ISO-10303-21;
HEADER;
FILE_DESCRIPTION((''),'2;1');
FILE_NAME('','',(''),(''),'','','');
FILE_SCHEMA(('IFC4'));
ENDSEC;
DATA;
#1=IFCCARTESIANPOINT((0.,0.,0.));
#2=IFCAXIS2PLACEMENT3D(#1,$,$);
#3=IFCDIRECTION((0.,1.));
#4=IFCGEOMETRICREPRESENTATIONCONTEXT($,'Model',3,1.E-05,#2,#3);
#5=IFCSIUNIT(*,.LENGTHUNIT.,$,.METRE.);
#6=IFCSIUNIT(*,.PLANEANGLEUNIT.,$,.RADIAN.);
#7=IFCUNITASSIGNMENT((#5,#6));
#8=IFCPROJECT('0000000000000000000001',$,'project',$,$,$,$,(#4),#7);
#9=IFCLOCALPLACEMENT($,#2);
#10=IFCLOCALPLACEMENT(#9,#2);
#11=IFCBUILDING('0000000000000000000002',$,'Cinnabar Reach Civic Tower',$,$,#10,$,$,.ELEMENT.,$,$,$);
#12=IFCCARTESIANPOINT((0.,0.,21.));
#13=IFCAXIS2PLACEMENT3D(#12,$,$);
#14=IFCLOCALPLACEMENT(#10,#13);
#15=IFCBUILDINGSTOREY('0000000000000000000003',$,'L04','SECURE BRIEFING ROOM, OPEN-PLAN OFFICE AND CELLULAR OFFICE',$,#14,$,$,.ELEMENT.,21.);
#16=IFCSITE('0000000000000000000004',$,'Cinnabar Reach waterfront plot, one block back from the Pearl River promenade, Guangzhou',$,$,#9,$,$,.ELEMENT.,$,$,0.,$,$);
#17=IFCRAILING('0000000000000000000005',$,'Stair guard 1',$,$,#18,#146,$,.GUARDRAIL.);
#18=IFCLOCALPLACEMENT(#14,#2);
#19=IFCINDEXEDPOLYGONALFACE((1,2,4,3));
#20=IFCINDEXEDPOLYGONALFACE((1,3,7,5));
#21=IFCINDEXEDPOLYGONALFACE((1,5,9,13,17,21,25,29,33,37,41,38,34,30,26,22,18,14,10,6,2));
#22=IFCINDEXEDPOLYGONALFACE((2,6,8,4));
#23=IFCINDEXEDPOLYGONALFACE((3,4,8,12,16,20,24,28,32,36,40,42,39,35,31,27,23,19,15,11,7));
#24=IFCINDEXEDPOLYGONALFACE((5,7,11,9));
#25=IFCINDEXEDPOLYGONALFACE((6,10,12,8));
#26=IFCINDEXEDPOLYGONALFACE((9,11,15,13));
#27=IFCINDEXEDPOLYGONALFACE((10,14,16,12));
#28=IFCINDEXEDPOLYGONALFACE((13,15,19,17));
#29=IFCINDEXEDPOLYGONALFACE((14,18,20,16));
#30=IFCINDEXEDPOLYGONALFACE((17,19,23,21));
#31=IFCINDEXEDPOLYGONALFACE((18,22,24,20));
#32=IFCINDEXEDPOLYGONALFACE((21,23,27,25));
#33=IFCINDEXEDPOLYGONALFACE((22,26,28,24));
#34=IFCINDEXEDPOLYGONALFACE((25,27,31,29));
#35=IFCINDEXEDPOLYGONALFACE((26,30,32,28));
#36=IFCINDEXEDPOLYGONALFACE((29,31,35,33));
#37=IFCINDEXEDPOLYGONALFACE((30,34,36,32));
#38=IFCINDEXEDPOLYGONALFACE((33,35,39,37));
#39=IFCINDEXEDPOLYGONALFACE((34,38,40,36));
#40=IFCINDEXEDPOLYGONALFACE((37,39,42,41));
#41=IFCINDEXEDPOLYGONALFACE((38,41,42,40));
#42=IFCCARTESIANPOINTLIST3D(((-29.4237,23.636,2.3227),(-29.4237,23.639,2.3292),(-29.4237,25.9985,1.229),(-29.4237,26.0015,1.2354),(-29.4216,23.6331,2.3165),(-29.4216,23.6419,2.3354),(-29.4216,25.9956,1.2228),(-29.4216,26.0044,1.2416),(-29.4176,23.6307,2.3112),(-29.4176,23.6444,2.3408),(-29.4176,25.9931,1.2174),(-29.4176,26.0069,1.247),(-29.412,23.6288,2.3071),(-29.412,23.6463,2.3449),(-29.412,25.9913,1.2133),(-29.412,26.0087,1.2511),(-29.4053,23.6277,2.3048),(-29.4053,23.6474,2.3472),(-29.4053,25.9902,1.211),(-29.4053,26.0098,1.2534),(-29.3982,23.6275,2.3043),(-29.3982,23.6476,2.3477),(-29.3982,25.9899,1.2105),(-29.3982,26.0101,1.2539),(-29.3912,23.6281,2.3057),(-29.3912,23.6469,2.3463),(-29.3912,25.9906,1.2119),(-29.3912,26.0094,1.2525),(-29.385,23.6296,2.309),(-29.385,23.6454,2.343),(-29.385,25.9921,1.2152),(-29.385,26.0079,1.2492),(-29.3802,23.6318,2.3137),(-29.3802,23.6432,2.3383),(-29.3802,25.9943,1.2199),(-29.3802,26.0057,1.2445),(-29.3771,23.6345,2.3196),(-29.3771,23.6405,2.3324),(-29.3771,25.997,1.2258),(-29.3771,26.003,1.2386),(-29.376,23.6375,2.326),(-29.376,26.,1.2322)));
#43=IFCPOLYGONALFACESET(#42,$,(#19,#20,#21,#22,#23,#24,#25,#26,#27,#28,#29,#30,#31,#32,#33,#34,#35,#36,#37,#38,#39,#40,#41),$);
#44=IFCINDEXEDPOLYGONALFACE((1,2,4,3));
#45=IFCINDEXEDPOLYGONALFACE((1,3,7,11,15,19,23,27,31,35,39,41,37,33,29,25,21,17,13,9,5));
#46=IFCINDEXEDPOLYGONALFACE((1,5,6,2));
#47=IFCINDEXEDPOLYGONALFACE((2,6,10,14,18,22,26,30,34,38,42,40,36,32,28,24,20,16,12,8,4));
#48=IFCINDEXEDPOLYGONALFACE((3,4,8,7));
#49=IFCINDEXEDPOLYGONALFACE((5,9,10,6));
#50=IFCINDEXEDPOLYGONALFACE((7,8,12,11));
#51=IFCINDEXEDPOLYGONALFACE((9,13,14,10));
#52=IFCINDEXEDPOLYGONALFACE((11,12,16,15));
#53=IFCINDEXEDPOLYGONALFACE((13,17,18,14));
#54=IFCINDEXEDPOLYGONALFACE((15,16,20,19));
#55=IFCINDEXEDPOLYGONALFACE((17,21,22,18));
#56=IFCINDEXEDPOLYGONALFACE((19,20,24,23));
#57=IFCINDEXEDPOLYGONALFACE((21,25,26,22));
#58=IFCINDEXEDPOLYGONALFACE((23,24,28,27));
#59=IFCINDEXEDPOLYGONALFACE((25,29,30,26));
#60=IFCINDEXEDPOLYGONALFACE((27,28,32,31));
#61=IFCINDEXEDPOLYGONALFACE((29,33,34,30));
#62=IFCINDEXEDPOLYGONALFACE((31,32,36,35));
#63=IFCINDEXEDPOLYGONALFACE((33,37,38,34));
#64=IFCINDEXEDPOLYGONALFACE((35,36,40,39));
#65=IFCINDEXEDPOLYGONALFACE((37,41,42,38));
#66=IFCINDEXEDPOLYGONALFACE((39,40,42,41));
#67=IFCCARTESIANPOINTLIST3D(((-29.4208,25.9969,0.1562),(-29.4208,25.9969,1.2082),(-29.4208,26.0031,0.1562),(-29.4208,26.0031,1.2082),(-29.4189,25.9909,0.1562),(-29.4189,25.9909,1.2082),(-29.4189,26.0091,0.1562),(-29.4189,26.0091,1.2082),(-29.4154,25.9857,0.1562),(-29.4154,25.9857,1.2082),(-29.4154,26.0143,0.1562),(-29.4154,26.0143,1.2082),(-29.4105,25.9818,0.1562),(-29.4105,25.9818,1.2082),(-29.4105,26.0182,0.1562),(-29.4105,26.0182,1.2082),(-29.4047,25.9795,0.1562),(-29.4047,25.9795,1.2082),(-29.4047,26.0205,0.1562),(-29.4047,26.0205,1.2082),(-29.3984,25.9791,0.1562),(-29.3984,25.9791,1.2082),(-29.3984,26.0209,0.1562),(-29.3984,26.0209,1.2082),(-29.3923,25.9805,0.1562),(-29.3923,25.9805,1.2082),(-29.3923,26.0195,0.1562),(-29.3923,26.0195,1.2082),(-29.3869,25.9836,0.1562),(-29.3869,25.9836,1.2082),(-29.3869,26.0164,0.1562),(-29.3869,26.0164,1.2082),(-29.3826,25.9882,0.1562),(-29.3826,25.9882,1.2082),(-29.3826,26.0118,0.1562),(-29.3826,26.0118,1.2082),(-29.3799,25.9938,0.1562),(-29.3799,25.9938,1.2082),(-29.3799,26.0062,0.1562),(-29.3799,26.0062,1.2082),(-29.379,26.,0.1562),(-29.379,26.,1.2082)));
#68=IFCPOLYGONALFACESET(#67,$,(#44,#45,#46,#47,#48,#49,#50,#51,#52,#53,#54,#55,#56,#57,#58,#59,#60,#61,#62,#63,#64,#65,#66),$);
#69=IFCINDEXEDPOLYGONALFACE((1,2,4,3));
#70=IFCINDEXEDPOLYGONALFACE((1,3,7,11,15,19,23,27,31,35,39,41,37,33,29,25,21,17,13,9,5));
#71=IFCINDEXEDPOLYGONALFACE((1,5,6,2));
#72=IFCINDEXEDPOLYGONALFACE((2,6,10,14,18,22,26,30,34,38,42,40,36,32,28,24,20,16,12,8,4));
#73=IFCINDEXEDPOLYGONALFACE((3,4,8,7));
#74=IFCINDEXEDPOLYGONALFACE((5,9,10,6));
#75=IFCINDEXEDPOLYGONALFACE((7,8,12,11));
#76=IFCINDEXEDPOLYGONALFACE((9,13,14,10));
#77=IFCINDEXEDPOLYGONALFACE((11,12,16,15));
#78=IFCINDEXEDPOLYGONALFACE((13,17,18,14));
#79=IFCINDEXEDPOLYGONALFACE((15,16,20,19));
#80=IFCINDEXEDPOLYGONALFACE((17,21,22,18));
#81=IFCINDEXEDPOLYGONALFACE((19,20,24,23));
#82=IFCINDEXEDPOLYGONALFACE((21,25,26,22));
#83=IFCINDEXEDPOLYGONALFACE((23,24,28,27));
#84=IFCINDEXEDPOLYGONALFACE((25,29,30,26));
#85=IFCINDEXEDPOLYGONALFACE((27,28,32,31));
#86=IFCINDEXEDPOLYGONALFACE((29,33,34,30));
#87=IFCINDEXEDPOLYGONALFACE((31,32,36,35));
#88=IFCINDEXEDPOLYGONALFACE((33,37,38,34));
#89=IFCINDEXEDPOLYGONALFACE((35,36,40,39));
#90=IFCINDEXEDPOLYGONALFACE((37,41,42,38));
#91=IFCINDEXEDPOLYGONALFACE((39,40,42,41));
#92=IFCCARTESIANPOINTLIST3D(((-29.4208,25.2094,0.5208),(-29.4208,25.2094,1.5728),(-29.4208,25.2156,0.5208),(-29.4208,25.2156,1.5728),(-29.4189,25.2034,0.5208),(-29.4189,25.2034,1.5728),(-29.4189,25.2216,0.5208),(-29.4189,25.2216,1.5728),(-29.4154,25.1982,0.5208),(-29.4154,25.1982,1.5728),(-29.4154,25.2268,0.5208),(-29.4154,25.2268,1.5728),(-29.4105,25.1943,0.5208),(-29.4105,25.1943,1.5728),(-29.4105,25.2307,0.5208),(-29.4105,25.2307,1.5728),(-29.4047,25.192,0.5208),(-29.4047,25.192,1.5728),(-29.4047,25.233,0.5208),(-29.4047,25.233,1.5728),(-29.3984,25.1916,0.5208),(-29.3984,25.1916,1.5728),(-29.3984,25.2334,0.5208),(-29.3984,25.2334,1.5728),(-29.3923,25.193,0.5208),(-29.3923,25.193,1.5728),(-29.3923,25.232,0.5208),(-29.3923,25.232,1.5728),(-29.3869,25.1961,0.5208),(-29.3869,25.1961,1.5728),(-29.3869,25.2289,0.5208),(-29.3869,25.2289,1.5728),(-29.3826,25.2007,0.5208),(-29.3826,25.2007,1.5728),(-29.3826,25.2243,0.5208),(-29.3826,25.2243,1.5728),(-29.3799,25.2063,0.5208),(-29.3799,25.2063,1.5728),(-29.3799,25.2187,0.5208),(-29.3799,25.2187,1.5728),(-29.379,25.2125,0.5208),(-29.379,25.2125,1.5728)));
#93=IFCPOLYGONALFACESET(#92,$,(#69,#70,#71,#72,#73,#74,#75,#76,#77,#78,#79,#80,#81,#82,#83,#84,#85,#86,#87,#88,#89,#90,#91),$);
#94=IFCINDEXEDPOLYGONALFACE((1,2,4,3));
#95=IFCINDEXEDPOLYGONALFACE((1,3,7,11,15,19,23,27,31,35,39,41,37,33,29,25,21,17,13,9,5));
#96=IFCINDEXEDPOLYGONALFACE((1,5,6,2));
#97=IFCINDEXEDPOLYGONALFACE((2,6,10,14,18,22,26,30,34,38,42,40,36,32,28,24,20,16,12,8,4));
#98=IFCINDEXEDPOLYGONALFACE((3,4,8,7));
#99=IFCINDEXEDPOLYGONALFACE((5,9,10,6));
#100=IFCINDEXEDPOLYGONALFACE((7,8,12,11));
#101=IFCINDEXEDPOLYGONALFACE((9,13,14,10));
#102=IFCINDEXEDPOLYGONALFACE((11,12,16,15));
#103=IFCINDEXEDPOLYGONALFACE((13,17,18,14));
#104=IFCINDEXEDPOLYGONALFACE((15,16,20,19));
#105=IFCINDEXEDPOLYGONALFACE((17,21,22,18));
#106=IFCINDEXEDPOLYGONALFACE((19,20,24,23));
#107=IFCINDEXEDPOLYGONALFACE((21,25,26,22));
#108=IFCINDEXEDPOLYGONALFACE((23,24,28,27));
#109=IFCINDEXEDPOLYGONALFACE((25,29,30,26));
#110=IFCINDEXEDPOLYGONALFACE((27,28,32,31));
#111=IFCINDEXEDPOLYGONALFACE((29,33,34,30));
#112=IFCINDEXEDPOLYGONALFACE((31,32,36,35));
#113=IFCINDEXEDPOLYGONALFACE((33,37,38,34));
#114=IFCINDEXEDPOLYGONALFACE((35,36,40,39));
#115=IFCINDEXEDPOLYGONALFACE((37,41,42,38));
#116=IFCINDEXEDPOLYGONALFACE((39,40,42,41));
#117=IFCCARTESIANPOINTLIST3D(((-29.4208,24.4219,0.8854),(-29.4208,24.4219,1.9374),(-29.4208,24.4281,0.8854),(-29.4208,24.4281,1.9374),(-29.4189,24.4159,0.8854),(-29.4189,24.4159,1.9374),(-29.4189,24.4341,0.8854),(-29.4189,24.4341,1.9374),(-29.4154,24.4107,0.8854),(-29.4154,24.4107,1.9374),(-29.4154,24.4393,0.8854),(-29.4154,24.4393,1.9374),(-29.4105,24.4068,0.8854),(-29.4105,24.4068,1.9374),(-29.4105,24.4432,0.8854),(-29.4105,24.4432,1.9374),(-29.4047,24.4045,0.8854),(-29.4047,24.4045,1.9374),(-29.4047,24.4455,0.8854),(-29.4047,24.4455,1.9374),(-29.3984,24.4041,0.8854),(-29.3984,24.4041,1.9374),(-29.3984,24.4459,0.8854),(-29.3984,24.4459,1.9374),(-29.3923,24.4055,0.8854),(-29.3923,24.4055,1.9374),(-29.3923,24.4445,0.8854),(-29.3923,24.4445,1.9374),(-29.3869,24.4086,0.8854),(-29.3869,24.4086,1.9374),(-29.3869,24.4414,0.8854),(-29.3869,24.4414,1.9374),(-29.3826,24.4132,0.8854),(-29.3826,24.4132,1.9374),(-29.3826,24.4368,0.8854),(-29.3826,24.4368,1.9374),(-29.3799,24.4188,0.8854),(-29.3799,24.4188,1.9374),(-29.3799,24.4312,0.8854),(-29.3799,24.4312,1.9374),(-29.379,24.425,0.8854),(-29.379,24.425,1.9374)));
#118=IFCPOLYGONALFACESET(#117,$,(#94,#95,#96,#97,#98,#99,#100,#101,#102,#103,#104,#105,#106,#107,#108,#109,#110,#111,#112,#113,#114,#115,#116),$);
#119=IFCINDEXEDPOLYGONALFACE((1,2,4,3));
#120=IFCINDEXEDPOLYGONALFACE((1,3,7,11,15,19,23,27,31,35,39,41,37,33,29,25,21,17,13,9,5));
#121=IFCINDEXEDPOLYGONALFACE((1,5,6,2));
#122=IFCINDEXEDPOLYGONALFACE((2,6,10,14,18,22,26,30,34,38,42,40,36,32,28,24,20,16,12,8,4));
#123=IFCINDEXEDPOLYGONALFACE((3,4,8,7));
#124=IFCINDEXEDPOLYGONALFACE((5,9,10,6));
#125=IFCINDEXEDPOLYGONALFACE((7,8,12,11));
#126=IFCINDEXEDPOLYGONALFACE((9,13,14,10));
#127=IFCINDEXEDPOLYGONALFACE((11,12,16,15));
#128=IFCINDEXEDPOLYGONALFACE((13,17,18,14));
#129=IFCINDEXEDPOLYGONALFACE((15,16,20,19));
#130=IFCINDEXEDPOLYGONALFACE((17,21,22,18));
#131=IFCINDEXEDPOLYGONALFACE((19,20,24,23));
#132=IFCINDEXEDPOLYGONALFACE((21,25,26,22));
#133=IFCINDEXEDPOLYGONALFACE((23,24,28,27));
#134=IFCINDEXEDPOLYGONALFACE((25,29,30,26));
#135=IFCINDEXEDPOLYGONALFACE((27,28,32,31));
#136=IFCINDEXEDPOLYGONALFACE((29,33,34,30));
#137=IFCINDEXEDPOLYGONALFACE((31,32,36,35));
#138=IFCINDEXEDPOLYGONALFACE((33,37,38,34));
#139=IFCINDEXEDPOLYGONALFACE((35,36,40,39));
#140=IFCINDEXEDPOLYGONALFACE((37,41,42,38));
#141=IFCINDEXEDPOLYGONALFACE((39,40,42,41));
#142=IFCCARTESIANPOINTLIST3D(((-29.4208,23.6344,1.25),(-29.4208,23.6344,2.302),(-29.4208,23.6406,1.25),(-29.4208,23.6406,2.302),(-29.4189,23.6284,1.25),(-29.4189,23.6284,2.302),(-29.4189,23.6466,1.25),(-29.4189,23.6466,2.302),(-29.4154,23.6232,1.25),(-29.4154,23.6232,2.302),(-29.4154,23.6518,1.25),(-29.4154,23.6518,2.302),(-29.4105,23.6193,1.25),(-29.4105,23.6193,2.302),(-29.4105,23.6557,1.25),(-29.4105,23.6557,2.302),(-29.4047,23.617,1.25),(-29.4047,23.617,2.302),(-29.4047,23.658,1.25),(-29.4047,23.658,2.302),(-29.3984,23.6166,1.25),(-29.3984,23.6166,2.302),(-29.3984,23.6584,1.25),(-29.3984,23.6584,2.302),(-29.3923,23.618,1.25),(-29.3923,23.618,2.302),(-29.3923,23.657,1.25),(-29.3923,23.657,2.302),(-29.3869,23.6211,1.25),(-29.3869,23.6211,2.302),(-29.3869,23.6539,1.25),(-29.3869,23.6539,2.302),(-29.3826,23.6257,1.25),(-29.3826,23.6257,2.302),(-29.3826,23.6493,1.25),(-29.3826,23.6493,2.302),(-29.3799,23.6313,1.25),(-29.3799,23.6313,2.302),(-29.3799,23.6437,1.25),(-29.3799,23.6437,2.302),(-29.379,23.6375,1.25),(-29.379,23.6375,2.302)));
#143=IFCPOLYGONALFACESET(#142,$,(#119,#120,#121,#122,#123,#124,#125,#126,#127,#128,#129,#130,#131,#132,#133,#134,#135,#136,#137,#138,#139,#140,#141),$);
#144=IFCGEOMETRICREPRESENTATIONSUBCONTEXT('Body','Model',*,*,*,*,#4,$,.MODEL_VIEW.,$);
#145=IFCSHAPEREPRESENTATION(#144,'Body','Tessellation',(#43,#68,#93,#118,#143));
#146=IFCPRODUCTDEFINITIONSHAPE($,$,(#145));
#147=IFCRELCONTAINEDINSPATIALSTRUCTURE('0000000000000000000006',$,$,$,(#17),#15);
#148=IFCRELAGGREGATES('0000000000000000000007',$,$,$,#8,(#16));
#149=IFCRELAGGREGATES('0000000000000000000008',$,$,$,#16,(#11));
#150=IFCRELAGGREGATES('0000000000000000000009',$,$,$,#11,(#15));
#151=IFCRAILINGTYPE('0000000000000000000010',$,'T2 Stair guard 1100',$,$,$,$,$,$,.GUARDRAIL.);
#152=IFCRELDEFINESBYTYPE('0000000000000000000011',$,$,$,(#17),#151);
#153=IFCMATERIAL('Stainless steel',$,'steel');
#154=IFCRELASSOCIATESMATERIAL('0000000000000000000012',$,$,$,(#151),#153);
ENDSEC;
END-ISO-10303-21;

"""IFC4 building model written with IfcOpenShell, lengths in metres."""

from ifc_helpers import new_model, si_unit, direction, frame, origin, origin_2d, place, context, subcontext, project, spatial, circle, extrude, material, type_object, element, save


model = new_model("IFC4")

# Units and contexts
model_context = context("Model", 3, precision=1e-05, world=origin(), true_north=direction((0.0, 1.0)))
body_context = subcontext(model_context, "Body", "Model", "MODEL_VIEW")
ifc_project = project(units=[si_unit("LENGTHUNIT", "METRE"), si_unit("PLANEANGLEUNIT", "RADIAN")], contexts=[model_context])

# Site, building, storey
site_placement = place(None, origin())
site = spatial("IfcSite", under=ifc_project, at=site_placement, Name="Cinnabar Reach waterfront plot, one block back from the Pearl River promenade, Guangzhou", CompositionType="ELEMENT", RefElevation=0.0)
building_placement = place(site_placement, origin())
building = spatial("IfcBuilding", under=site, at=building_placement, Name="Cinnabar Reach Civic Tower", CompositionType="ELEMENT")
storey_placement = place(building_placement, frame((0.0, 0.0, 21.0)))
storey = spatial("IfcBuildingStorey", under=building, at=storey_placement, Name="L04", Description="SECURE BRIEFING ROOM, OPEN-PLAN OFFICE AND CELLULAR OFFICE", CompositionType="ELEMENT", Elevation=21.0)

# Railing
ifc_material_1 = material(Name="Stainless steel", Category="steel")
railing_type = type_object("IfcRailingType", Name="T2 Stair guard 1100", PredefinedType="GUARDRAIL", material=ifc_material_1)
railing_1_placement = place(storey_placement, frame((-29.4, 26.0, 0.1562)))
element("IfcRailing", 1, at=railing_1_placement, inside=storey, type_object=railing_type, Name="Stair guard 1", PredefinedType="GUARDRAIL", context=body_context, shape_type="SweptSolid", body=[
    extrude(circle(Radius=0.024, at=origin_2d()), frame((0.0, 0.0, 1.076), z_axis=(0.0, -0.90746, 0.420139), x_axis=(1.0, 0.0, 0.0)), (0.0, 0.0, 1.0), 2.6034),
    extrude(circle(Radius=0.021, at=origin_2d()), origin(), (0.0, 0.0, 1.0), 1.052),
    extrude(circle(Radius=0.021, at=origin_2d()), frame((0.0, -0.7875, 0.3646)), (0.0, 0.0, 1.0), 1.052),
    extrude(circle(Radius=0.021, at=origin_2d()), frame((0.0, -1.575, 0.7292)), (0.0, 0.0, 1.0), 1.052),
    extrude(circle(Radius=0.021, at=origin_2d()), frame((0.0, -2.3625, 1.0938)), (0.0, 0.0, 1.0), 1.052),
])

save(model, "model.ifc")
